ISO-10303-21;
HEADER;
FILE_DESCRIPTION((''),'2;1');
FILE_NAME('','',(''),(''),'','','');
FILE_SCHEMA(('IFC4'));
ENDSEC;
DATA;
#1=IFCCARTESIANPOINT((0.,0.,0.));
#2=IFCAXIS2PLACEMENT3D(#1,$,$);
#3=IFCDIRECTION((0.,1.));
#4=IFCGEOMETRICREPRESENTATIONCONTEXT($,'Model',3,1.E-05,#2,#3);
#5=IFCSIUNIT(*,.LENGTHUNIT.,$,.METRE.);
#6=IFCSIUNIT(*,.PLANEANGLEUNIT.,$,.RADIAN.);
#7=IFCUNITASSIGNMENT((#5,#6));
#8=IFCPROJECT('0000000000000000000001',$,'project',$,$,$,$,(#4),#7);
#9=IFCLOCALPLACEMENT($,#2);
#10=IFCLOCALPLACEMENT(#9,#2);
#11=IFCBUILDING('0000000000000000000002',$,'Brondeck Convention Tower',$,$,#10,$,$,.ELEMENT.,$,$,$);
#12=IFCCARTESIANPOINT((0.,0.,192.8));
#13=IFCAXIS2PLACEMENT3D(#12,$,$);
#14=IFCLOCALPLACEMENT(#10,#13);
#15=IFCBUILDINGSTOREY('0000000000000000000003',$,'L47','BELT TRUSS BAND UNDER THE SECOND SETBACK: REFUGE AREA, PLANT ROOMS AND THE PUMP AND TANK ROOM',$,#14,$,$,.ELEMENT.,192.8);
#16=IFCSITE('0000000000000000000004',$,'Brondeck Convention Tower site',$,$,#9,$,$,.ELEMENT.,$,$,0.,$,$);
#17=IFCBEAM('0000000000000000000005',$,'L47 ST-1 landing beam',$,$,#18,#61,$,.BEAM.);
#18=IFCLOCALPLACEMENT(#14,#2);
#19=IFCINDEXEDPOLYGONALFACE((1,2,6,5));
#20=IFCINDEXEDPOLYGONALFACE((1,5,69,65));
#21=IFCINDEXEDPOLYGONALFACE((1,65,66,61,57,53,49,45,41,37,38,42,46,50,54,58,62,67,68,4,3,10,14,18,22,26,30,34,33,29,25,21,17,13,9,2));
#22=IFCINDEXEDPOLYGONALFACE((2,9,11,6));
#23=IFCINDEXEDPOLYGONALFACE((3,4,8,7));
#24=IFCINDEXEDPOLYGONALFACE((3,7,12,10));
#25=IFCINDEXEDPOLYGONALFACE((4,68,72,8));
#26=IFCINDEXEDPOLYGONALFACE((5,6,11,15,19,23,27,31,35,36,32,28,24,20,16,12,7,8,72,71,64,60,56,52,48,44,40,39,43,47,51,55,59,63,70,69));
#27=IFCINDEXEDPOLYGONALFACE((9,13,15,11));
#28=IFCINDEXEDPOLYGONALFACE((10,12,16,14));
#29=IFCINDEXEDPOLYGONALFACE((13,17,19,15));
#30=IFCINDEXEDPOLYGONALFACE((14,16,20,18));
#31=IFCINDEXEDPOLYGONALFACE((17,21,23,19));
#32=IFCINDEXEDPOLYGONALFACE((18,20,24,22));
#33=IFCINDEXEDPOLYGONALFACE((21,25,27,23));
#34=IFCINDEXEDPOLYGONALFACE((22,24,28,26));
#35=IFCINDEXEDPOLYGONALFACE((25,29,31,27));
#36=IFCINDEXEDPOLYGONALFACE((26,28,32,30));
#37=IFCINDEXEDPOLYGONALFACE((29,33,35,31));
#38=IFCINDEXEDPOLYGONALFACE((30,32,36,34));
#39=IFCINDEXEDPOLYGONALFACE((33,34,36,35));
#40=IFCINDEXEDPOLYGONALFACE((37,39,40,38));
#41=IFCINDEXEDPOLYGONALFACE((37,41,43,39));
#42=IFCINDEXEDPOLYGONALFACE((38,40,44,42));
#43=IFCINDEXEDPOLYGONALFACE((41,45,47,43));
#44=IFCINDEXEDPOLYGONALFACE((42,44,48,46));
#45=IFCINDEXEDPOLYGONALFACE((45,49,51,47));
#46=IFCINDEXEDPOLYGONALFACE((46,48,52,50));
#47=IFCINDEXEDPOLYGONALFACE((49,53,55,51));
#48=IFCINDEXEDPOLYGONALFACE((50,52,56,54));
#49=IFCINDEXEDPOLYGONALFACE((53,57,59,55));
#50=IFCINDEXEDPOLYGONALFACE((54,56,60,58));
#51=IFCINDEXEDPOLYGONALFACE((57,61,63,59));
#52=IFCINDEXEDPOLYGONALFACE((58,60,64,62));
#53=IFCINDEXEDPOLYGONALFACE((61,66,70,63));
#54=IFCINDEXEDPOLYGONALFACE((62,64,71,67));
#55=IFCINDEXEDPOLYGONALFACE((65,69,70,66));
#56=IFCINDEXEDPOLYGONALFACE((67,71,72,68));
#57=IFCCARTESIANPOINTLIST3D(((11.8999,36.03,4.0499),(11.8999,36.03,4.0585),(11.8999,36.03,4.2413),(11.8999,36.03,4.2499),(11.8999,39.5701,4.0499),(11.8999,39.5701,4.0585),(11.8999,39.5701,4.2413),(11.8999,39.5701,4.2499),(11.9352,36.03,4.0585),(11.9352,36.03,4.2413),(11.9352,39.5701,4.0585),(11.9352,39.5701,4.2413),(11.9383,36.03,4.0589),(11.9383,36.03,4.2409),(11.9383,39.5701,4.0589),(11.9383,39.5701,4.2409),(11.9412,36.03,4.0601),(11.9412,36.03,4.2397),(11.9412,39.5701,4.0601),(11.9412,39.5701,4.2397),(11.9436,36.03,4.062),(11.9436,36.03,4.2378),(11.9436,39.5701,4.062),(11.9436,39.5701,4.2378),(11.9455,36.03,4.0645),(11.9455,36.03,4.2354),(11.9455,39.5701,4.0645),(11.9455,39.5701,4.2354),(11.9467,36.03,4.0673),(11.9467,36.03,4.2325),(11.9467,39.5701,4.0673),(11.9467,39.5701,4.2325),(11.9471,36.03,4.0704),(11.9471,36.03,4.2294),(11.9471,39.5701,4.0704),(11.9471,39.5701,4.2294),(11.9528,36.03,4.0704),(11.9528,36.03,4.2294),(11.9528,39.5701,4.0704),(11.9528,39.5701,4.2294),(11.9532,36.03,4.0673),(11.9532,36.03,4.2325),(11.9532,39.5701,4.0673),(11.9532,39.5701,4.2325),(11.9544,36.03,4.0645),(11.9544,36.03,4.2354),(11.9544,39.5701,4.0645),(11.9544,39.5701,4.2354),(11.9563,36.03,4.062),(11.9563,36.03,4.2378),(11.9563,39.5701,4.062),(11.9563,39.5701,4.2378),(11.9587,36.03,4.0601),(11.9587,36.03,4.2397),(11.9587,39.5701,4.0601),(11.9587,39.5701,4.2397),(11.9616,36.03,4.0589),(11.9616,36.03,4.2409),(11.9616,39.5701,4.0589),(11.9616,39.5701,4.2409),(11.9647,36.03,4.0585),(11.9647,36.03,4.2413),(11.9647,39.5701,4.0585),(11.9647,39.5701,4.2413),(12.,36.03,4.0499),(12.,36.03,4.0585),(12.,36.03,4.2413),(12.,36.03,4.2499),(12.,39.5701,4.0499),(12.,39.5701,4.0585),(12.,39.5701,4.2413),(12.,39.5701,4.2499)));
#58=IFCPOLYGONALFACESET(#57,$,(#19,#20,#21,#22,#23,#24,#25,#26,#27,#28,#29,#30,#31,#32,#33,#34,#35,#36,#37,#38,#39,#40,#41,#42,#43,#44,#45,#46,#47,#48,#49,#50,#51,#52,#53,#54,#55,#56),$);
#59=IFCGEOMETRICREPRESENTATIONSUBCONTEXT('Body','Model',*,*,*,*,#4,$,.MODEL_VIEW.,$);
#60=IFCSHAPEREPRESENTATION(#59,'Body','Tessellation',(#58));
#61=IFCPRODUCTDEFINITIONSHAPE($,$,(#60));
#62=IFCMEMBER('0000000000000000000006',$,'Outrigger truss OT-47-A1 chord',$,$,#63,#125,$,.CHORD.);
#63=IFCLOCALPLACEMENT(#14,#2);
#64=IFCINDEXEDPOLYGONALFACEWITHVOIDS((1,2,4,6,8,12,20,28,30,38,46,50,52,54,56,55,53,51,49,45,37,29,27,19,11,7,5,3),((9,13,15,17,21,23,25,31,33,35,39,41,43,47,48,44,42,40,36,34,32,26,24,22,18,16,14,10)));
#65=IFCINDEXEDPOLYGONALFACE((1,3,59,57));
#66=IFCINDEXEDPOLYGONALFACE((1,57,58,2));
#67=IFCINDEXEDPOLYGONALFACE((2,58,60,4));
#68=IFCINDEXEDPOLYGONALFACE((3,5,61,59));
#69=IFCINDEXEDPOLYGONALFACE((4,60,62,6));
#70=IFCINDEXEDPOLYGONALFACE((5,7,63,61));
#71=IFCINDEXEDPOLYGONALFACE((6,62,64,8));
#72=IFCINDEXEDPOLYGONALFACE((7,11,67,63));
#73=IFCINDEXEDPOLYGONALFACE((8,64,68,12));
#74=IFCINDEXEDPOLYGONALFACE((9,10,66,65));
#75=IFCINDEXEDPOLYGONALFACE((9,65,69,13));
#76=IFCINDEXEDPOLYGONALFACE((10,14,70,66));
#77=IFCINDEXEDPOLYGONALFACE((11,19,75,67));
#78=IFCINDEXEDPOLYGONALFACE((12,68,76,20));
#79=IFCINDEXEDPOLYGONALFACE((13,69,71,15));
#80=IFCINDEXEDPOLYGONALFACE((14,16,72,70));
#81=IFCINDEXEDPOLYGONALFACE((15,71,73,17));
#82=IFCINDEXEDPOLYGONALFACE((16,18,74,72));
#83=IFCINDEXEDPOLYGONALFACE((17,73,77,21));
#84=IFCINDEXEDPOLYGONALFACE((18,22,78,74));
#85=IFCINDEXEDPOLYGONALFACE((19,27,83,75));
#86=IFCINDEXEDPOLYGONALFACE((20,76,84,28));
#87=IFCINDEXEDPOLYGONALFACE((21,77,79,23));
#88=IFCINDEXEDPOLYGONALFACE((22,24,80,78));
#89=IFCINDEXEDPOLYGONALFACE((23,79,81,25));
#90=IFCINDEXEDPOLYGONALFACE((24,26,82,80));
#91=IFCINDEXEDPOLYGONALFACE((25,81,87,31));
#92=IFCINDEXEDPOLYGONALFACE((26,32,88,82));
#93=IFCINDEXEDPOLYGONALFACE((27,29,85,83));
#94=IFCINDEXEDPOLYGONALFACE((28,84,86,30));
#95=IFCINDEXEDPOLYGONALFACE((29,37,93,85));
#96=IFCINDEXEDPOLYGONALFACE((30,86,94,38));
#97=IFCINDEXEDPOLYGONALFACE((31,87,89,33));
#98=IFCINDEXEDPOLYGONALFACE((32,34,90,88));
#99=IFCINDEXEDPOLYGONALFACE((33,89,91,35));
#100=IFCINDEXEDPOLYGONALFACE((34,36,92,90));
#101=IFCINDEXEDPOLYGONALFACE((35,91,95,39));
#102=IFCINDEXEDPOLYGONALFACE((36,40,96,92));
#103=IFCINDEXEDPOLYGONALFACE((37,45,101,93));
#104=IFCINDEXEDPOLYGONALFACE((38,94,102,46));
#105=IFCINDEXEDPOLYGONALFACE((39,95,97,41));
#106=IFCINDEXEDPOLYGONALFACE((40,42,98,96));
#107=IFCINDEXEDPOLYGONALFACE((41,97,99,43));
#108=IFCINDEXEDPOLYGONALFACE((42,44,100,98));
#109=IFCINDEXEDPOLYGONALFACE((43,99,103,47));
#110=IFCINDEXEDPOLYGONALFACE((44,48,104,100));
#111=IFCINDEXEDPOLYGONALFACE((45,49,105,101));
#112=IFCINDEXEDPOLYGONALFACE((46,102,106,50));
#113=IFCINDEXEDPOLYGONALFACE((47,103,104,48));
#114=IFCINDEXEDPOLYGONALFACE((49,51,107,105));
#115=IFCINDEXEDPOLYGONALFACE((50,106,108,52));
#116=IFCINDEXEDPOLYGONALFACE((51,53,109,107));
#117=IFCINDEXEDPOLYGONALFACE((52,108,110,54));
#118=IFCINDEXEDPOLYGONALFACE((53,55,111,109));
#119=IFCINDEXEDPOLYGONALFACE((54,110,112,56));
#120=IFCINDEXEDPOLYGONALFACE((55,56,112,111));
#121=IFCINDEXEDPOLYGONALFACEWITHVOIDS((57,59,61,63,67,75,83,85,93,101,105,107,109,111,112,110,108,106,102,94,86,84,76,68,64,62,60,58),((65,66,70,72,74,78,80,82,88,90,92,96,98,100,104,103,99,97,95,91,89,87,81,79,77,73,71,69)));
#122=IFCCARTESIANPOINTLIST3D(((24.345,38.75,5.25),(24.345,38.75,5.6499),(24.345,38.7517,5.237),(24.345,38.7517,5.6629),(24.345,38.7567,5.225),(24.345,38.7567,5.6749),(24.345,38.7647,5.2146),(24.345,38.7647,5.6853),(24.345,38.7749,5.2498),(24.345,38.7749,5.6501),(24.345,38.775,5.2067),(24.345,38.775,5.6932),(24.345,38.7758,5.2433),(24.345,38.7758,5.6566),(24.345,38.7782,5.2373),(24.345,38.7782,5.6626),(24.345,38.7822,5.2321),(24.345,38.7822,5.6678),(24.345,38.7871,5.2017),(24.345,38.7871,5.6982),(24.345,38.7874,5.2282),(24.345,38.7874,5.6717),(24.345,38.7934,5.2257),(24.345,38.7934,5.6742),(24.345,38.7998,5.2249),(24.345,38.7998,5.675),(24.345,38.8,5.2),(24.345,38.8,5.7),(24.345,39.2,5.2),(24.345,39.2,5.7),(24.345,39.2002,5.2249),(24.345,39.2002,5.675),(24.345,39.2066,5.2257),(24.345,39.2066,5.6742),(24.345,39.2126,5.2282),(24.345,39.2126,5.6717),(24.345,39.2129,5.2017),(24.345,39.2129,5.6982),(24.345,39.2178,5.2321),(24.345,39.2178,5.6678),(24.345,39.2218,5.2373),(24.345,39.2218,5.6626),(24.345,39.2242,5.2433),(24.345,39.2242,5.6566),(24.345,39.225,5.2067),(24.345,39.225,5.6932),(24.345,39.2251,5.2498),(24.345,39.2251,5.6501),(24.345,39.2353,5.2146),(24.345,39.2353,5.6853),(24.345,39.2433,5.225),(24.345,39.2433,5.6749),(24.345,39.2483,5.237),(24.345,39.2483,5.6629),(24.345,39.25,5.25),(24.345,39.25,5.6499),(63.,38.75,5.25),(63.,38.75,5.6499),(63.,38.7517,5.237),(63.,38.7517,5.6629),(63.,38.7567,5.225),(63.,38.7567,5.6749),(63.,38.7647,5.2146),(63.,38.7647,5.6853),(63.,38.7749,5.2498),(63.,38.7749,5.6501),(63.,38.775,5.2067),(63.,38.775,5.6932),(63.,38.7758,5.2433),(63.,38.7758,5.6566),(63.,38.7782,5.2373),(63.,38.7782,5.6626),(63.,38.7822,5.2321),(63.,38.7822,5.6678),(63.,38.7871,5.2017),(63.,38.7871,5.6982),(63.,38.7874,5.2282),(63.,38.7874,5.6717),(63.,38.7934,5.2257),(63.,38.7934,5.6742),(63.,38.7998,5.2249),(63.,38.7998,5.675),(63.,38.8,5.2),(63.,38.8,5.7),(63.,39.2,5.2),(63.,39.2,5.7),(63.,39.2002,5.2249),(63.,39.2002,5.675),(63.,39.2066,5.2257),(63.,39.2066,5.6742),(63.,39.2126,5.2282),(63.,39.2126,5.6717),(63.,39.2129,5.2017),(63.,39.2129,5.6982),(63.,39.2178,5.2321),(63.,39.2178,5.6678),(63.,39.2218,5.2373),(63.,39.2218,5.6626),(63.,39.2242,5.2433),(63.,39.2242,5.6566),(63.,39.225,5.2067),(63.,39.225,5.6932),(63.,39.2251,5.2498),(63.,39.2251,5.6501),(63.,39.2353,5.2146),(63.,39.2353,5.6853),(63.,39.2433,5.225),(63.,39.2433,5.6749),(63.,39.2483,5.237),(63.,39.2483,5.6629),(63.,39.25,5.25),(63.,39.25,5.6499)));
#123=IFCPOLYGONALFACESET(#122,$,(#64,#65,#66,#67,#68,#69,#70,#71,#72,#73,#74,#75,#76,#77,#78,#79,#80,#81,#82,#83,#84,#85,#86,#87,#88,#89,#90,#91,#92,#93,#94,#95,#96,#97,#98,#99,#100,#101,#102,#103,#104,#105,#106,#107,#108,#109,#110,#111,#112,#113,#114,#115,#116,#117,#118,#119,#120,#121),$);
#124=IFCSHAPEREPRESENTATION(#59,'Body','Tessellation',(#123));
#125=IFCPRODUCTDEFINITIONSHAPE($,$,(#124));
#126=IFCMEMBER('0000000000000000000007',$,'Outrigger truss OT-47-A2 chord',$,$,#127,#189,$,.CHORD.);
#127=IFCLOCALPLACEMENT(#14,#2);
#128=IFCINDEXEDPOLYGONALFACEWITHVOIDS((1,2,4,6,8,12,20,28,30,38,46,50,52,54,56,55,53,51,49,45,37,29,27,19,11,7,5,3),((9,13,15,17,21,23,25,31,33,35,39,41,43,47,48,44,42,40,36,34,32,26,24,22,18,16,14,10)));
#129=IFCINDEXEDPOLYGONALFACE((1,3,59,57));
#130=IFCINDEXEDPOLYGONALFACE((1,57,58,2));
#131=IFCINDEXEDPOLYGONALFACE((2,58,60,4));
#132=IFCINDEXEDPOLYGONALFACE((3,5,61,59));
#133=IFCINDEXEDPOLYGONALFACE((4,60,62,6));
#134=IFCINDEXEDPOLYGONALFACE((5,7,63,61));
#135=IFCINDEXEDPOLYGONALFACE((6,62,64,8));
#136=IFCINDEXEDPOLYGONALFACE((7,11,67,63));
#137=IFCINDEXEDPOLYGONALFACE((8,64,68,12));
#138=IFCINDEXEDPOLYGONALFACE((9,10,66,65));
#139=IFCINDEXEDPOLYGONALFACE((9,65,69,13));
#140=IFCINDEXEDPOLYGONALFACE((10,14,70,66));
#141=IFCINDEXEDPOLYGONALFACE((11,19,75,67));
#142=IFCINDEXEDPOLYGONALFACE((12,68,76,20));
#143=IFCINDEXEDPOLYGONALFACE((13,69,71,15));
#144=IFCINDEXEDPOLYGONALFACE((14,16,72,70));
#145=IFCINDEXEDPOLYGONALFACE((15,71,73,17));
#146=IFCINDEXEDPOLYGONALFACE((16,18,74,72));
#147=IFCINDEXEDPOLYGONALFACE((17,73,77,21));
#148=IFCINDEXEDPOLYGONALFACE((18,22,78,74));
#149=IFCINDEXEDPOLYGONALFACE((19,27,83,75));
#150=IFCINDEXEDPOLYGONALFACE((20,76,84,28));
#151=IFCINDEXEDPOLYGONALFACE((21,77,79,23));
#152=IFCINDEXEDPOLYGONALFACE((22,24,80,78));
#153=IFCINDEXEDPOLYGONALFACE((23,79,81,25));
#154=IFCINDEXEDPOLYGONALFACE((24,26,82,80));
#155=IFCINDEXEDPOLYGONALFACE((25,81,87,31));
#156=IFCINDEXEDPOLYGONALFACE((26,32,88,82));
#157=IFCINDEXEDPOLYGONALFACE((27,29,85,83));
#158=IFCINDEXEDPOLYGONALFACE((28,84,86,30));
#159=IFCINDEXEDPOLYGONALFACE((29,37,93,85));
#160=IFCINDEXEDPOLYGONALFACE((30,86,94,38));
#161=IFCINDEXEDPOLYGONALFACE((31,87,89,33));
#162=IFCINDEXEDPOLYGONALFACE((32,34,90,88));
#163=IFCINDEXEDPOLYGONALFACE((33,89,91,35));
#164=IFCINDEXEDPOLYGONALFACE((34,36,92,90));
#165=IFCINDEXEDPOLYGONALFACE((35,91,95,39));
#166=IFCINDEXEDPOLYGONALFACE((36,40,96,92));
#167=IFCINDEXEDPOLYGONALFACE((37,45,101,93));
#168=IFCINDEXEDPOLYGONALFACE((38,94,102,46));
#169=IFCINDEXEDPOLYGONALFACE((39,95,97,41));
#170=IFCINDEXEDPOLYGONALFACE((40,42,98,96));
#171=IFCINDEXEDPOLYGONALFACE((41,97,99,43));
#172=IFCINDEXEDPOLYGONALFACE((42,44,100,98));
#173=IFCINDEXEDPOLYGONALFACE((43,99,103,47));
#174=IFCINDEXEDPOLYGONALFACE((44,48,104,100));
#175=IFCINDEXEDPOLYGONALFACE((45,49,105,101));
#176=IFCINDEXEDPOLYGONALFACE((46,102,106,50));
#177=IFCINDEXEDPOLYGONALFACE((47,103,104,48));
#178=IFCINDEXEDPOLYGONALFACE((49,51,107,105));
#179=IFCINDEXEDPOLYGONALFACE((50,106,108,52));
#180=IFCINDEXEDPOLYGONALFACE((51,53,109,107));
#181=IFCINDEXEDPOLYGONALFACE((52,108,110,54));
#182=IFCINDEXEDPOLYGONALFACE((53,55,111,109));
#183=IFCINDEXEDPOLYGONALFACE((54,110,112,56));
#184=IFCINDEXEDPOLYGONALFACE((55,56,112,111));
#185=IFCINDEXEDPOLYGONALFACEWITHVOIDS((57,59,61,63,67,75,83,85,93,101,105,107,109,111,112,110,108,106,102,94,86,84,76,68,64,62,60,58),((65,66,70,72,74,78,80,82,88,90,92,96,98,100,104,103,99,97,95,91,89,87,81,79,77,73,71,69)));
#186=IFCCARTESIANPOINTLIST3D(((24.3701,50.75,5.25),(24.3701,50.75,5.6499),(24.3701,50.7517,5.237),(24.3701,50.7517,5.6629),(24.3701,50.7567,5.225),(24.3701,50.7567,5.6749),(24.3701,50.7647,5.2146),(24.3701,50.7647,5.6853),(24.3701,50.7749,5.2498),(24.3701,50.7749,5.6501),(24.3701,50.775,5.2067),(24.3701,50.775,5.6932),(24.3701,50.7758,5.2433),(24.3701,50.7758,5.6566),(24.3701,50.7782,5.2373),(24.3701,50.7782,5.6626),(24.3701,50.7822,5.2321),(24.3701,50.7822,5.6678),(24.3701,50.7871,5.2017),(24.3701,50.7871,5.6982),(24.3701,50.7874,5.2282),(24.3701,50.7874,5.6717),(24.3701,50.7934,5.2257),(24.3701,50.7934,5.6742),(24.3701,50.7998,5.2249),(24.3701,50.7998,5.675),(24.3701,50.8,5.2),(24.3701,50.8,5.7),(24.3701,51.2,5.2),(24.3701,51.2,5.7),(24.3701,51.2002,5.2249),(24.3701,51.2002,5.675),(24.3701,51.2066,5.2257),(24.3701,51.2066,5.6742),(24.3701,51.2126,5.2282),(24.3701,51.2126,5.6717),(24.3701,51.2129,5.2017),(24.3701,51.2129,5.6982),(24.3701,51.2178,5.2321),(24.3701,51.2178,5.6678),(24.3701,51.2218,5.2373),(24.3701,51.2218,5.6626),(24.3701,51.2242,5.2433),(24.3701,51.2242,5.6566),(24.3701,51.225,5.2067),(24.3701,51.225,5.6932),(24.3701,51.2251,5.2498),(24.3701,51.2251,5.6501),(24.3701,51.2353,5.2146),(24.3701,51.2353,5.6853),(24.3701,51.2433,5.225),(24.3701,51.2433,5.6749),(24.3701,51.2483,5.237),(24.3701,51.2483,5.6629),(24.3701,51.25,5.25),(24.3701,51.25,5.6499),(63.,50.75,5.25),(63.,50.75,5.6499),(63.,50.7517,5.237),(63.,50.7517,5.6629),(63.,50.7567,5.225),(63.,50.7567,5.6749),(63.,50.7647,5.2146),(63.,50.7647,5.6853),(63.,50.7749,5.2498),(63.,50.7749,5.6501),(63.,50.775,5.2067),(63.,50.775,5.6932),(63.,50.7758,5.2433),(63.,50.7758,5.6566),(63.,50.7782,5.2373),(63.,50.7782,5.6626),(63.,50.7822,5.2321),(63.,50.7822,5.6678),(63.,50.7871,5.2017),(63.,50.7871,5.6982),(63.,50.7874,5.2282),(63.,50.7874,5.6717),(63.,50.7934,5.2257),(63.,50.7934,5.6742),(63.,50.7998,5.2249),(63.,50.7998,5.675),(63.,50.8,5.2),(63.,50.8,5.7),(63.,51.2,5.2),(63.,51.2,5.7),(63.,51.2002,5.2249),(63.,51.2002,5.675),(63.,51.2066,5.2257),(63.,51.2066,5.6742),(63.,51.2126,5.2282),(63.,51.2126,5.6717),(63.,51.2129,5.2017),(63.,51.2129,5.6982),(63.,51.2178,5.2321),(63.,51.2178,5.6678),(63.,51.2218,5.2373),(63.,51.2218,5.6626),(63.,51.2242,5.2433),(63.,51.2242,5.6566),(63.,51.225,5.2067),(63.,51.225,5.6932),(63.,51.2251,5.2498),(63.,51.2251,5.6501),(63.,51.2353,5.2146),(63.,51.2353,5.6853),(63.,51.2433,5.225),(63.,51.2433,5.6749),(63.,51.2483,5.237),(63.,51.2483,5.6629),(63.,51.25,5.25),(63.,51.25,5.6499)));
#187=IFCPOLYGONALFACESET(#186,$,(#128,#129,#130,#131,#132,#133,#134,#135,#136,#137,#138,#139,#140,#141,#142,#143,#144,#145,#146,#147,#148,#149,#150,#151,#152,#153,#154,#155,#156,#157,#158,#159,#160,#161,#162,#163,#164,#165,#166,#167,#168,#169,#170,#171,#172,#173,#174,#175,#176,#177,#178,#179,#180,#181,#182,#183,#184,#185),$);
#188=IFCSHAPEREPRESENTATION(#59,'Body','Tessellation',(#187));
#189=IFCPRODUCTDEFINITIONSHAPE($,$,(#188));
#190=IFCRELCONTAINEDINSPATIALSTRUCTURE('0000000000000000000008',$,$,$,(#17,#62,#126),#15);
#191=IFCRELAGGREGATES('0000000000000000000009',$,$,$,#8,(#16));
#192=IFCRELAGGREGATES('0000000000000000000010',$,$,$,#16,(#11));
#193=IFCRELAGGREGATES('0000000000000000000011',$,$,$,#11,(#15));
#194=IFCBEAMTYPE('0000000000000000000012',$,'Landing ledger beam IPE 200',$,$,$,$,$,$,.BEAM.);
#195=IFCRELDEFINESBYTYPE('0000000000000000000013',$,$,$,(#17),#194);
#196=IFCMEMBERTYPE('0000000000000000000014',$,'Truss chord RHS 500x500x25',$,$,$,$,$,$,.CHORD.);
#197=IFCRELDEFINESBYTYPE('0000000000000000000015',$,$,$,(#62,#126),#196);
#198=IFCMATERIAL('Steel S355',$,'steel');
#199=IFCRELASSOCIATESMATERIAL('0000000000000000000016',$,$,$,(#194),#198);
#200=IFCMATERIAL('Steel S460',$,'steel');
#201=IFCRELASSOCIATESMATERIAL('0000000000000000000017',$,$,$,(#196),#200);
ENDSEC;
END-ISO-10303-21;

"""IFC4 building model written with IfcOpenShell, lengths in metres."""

from ifc_helpers import new_model, si_unit, direction, frame, origin, origin_2d, place, context, subcontext, project, spatial, hollow_rectangle, i_section, extrude, material, material_profile, profile_set, type_object, element, save


model = new_model("IFC4")

# Units and contexts
model_context = context("Model", 3, precision=1e-05, world=origin(), true_north=direction((0.0, 1.0)))
body_context = subcontext(model_context, "Body", "Model", "MODEL_VIEW")
ifc_project = project(units=[si_unit("LENGTHUNIT", "METRE"), si_unit("PLANEANGLEUNIT", "RADIAN")], contexts=[model_context])

# Site, building, storey
site_placement = place(None, origin())
site = spatial("IfcSite", under=ifc_project, at=site_placement, Name="Brondeck Convention Tower site", CompositionType="ELEMENT", RefElevation=0.0)
building_placement = place(site_placement, origin())
building = spatial("IfcBuilding", under=site, at=building_placement, Name="Brondeck Convention Tower", CompositionType="ELEMENT")
storey_placement = place(building_placement, frame((0.0, 0.0, 192.8)))
storey = spatial("IfcBuildingStorey", under=building, at=storey_placement, Name="L47", Description="BELT TRUSS BAND UNDER THE SECOND SETBACK: REFUGE AREA, PLANT ROOMS AND THE PUMP AND TANK ROOM", CompositionType="ELEMENT", Elevation=192.8)

# Beam
ifc_material_1 = material(Name="Steel S355", Category="steel")
ifc_material_profile_1 = material_profile(ifc_material_1, i_section(OverallWidth=0.1001, OverallDepth=0.2, WebThickness=0.0056, FlangeThickness=0.0085, FilletRadius=0.012, at=origin_2d()), Name="IPE200")
ifc_profile_set_1 = profile_set([ifc_material_profile_1], Name="Steel S355")
beam_type = type_object("IfcBeamType", Name="Landing ledger beam IPE 200", PredefinedType="BEAM", material=ifc_profile_set_1)
beam_placement = place(storey_placement, frame((11.95, 36.03, 4.1499), z_axis=(0.0, 1.0, 0.0), x_axis=(-1.0, 0.0, 0.0)))
element("IfcBeam", 1, at=beam_placement, inside=storey, type_object=beam_type, Name="L47 ST-1 landing beam", PredefinedType="BEAM", context=body_context, shape_type="SweptSolid", body=[
    extrude(i_section(OverallWidth=0.1001, OverallDepth=0.2, WebThickness=0.0056, FlangeThickness=0.0085, FilletRadius=0.012, at=origin_2d()), origin(), (0.0, 0.0, 1.0), 3.54),
])

# Members
ifc_material_2 = material(Name="Steel S460", Category="steel")
ifc_material_profile_2 = material_profile(ifc_material_2, hollow_rectangle(XDim=0.5, YDim=0.5, WallThickness=0.0249, InnerFilletRadius=0.0249, OuterFilletRadius=0.05, at=origin_2d()), Name="RHS 500x500x25")
ifc_profile_set_2 = profile_set([ifc_material_profile_2], Name="Steel S460")
member_type = type_object("IfcMemberType", Name="Truss chord RHS 500x500x25", PredefinedType="CHORD", material=ifc_profile_set_2)
member_1_placement = place(storey_placement, frame((24.345, 39.0, 5.45), z_axis=(1.0, 0.0, 0.0), x_axis=(0.0, 1.0, 0.0)))
element("IfcMember", 2, at=member_1_placement, inside=storey, type_object=member_type, Name="Outrigger truss OT-47-A1 chord", PredefinedType="CHORD", context=body_context, shape_type="SweptSolid", body=[
    extrude(hollow_rectangle(XDim=0.5, YDim=0.5, WallThickness=0.0249, InnerFilletRadius=0.0249, OuterFilletRadius=0.05, at=origin_2d()), origin(), (0.0, 0.0, 1.0), 38.655),
])
member_2_placement = place(storey_placement, frame((24.3701, 51.0, 5.45), z_axis=(1.0, 0.0, 0.0), x_axis=(0.0, 1.0, 0.0)))
element("IfcMember", 3, at=member_2_placement, inside=storey, type_object=member_type, Name="Outrigger truss OT-47-A2 chord", PredefinedType="CHORD", context=body_context, shape_type="SweptSolid", body=[
    extrude(hollow_rectangle(XDim=0.5, YDim=0.5, WallThickness=0.0249, InnerFilletRadius=0.0249, OuterFilletRadius=0.05, at=origin_2d()), origin(), (0.0, 0.0, 1.0), 38.6299),
])

save(model, "model.ifc")
